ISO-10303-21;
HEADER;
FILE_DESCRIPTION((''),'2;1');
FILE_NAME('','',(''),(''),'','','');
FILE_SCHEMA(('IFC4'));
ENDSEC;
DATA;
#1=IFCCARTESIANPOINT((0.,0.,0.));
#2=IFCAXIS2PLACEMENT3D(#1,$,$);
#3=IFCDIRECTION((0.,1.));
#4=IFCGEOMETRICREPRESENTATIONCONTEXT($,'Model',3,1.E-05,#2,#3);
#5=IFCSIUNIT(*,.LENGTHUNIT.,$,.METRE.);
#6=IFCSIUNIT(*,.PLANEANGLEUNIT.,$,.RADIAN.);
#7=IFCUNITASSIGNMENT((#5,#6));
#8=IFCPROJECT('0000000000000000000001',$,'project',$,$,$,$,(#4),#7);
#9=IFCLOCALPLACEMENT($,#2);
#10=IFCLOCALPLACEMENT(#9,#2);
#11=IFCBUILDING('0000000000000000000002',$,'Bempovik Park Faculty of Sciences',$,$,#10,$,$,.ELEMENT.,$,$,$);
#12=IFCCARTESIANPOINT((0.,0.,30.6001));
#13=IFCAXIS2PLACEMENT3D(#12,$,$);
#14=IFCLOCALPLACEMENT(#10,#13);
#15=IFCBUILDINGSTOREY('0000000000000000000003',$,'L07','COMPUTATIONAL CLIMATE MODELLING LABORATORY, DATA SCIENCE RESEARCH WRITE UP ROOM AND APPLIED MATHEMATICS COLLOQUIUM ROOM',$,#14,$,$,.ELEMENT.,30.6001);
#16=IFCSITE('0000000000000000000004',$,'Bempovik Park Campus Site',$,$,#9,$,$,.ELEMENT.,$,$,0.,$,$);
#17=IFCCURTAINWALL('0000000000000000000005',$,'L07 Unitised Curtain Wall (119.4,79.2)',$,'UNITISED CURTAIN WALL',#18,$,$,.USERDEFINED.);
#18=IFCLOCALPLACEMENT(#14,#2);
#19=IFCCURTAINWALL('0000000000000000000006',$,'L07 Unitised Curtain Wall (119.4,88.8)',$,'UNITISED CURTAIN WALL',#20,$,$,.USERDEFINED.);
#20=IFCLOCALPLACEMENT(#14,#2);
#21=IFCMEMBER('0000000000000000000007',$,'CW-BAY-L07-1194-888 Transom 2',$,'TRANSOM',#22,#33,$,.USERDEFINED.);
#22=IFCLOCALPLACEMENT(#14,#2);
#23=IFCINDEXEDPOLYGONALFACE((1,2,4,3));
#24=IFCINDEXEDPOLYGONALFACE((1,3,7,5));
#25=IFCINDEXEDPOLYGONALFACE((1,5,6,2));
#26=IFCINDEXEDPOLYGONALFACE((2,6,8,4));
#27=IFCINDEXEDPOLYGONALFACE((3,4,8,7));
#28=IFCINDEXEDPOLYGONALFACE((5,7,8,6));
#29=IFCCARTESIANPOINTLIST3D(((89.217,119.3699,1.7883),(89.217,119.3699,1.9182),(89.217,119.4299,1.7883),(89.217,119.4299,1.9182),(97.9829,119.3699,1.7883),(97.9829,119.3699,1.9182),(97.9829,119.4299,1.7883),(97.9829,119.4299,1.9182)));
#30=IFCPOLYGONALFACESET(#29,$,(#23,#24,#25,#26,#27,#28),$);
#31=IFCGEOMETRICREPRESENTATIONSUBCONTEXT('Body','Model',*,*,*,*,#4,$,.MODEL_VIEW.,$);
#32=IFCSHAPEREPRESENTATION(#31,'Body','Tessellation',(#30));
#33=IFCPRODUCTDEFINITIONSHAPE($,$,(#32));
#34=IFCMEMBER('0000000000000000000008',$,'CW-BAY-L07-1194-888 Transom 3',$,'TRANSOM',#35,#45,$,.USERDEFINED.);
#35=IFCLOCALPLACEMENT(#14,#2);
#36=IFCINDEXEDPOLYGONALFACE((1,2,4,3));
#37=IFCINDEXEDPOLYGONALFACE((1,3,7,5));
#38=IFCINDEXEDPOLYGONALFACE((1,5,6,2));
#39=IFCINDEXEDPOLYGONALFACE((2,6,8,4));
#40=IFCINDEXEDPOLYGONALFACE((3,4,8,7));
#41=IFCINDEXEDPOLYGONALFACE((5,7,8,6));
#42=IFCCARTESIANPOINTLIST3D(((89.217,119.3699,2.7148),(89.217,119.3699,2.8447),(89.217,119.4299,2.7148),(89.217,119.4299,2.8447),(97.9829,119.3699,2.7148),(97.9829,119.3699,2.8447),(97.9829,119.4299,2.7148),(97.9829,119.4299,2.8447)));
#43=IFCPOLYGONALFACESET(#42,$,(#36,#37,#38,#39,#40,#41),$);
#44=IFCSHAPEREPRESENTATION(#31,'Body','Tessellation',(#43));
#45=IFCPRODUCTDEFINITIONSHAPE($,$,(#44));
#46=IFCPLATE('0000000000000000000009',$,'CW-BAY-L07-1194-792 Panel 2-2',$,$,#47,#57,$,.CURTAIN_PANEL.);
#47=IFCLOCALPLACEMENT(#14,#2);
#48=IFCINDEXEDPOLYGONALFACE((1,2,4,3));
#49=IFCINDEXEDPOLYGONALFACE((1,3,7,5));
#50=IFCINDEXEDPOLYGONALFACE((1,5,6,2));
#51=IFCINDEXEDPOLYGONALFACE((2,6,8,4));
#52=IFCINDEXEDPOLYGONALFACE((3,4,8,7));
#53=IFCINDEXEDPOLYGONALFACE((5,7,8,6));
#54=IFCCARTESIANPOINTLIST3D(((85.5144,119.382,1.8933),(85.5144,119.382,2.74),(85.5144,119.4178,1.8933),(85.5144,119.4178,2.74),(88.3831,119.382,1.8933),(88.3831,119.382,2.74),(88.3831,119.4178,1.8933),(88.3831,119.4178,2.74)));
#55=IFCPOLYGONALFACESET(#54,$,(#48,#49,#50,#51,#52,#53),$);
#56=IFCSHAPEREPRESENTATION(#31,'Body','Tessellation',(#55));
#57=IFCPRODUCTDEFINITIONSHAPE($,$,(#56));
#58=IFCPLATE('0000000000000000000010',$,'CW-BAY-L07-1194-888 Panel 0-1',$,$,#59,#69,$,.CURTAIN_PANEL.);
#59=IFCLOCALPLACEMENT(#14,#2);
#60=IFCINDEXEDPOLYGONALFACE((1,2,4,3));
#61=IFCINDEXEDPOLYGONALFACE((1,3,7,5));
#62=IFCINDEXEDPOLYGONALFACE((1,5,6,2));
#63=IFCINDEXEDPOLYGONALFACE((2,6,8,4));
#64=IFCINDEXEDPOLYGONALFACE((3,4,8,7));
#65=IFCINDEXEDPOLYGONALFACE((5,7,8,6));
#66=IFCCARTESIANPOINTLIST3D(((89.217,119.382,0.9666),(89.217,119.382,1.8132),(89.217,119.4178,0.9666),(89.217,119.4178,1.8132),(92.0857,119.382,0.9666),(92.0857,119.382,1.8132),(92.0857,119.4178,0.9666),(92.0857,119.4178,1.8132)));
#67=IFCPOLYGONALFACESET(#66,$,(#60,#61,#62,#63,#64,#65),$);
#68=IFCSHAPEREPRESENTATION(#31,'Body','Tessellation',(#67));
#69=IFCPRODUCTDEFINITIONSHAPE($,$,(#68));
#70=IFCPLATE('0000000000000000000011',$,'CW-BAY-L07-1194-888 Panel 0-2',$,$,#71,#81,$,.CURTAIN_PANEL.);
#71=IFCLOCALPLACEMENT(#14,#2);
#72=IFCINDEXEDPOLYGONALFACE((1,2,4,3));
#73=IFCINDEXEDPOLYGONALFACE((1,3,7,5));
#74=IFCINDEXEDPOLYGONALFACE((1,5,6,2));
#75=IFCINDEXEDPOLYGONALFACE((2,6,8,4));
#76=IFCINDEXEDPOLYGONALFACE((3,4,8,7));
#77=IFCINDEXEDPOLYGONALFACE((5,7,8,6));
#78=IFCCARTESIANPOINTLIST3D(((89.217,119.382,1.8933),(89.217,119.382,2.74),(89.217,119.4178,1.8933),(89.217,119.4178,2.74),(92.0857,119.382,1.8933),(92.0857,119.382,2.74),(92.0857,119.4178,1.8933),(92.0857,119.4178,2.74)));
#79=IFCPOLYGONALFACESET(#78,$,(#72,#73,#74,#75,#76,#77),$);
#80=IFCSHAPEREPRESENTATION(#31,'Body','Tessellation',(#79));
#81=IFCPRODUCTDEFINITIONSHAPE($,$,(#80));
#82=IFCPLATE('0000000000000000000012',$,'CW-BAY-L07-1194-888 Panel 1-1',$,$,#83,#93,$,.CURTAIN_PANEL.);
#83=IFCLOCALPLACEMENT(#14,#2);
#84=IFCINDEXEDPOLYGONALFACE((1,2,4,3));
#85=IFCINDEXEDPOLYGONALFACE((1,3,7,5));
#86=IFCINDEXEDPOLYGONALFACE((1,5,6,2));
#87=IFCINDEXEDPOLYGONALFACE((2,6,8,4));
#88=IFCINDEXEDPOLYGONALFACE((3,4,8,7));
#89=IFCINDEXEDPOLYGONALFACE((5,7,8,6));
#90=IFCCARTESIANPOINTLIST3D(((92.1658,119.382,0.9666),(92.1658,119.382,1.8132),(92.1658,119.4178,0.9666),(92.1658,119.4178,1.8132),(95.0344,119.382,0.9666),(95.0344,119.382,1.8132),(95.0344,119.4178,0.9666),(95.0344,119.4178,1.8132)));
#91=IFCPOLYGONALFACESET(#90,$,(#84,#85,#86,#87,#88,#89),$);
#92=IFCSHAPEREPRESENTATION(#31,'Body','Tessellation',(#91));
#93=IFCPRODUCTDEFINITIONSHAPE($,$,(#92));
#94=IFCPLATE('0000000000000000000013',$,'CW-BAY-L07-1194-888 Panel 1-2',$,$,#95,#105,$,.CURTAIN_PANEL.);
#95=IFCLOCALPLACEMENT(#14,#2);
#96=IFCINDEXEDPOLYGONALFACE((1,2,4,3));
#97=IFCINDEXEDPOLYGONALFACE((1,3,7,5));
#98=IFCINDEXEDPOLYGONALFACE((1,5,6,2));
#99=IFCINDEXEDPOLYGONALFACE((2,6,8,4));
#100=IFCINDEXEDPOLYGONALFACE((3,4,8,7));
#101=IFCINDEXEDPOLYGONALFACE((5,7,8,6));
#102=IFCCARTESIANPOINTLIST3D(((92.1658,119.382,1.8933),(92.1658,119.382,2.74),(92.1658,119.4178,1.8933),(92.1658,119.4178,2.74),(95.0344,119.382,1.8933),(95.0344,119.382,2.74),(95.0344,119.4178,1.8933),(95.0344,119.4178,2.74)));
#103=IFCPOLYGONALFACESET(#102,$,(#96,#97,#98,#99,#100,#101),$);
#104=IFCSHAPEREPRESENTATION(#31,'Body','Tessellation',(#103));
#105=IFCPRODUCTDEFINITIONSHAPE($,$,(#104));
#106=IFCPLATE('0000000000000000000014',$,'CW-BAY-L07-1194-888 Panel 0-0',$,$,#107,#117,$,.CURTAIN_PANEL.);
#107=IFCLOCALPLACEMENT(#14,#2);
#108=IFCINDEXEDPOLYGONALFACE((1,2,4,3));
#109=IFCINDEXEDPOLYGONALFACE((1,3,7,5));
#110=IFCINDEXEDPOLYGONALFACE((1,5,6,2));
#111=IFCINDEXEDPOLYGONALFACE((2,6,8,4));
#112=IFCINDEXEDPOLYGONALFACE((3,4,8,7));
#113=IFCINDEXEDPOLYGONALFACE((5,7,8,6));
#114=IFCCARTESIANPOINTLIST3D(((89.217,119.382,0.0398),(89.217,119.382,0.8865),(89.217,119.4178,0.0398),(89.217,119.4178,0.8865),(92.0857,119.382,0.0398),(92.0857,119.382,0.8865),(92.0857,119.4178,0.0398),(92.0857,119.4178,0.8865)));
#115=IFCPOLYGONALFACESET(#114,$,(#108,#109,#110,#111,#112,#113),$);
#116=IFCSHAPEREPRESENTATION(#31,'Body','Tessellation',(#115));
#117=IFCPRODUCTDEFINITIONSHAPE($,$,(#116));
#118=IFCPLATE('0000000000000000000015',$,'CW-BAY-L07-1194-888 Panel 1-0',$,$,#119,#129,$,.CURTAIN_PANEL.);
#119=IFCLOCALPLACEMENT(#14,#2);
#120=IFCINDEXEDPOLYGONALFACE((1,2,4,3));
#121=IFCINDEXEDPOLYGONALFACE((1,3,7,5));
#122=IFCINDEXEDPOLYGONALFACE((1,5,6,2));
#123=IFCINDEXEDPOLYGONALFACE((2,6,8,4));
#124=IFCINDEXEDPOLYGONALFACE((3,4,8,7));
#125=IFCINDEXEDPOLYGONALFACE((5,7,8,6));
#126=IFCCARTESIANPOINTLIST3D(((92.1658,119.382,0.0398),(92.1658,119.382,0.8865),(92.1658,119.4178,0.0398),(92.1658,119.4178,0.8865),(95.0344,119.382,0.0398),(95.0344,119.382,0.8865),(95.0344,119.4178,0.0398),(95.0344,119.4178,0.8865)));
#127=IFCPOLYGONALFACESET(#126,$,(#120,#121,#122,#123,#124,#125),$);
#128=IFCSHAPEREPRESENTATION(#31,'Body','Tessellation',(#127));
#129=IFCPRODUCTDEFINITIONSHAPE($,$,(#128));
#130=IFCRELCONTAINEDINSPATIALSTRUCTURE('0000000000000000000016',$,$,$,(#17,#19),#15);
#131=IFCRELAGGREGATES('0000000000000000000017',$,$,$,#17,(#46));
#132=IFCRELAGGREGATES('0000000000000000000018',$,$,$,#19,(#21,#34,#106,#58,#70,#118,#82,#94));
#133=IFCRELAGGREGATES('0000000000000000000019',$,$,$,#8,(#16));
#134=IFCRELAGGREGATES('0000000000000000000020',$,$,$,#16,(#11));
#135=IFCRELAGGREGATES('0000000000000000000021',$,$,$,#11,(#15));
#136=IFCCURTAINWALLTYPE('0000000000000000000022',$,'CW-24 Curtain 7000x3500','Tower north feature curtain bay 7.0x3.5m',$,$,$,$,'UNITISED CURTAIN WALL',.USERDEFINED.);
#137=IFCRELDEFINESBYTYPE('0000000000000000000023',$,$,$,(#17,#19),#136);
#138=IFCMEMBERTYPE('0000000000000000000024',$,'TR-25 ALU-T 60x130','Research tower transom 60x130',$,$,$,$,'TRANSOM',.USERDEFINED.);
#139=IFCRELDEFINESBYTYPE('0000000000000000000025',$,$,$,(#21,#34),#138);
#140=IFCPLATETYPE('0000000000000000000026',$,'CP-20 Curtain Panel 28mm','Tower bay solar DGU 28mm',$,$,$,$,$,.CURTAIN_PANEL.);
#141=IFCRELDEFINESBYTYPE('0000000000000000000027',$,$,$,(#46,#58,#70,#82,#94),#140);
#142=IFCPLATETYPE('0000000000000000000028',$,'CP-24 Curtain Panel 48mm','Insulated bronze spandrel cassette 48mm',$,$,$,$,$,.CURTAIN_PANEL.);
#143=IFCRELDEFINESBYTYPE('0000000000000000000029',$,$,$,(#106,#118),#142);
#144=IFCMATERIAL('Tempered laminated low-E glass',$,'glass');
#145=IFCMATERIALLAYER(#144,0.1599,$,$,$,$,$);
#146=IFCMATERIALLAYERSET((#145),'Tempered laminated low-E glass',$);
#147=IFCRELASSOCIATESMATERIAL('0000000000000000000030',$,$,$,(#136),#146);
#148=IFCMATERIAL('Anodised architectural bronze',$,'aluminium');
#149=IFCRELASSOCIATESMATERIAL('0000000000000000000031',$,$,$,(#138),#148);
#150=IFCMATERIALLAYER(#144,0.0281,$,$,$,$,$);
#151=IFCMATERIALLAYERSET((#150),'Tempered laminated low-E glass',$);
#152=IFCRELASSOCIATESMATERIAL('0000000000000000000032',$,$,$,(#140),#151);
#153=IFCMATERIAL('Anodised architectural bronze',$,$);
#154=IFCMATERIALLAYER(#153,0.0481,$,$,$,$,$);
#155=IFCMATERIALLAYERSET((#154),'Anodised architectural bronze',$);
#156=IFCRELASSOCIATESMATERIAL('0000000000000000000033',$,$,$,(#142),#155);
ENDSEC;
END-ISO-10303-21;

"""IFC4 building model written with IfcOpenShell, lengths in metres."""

from ifc_helpers import new_model, si_unit, direction, frame, origin, origin_2d, place, context, subcontext, project, spatial, rectangle, extrude, material, layer, layer_set, material_profile, profile_set, type_object, element, aggregate, save


model = new_model("IFC4")

# Units and contexts
model_context = context("Model", 3, precision=1e-05, world=origin(), true_north=direction((0.0, 1.0)))
body_context = subcontext(model_context, "Body", "Model", "MODEL_VIEW")
ifc_project = project(units=[si_unit("LENGTHUNIT", "METRE"), si_unit("PLANEANGLEUNIT", "RADIAN")], contexts=[model_context])

# Site, building, storey
site_placement = place(None, origin())
site = spatial("IfcSite", under=ifc_project, at=site_placement, Name="Bempovik Park Campus Site", CompositionType="ELEMENT", RefElevation=0.0)
building_placement = place(site_placement, origin())
building = spatial("IfcBuilding", under=site, at=building_placement, Name="Bempovik Park Faculty of Sciences", CompositionType="ELEMENT")
storey_placement = place(building_placement, frame((0.0, 0.0, 30.6001)))
storey = spatial("IfcBuildingStorey", under=building, at=storey_placement, Name="L07", Description="COMPUTATIONAL CLIMATE MODELLING LABORATORY, DATA SCIENCE RESEARCH WRITE UP ROOM AND APPLIED MATHEMATICS COLLOQUIUM ROOM", CompositionType="ELEMENT", Elevation=30.6001)

# Curtain wall
ifc_material_1 = material(Name="Tempered laminated low-E glass", Category="glass")
ifc_layer_1 = layer(ifc_material_1, 0.1599)
ifc_layer_set_1 = layer_set([ifc_layer_1], Name="Tempered laminated low-E glass")
curtain_wall_type = type_object("IfcCurtainWallType", Name="CW-24 Curtain 7000x3500", Description="Tower north feature curtain bay 7.0x3.5m", ElementType="UNITISED CURTAIN WALL", PredefinedType="USERDEFINED", material=ifc_layer_set_1)
curtain_wall_1_placement = place(storey_placement, origin())
curtain_wall_1 = element("IfcCurtainWall", 1, at=curtain_wall_1_placement, inside=storey, type_object=curtain_wall_type, Name="L07 Unitised Curtain Wall (119.4,79.2)", ObjectType="UNITISED CURTAIN WALL", PredefinedType="USERDEFINED")
ifc_material_2 = material(Name="Anodised architectural bronze", Category="aluminium")

# Curtain wall, members
curtain_wall_2_placement = place(storey_placement, origin())
curtain_wall_2 = element("IfcCurtainWall", 2, at=curtain_wall_2_placement, inside=storey, type_object=curtain_wall_type, Name="L07 Unitised Curtain Wall (119.4,88.8)", ObjectType="UNITISED CURTAIN WALL", PredefinedType="USERDEFINED")
ifc_material_profile_1 = material_profile(ifc_material_2, rectangle(XDim=0.0601, YDim=0.1299, at=origin_2d()), Name="ALU-T 60x130")
ifc_profile_set_1 = profile_set([ifc_material_profile_1], Name="Anodised architectural bronze")
member_type_1 = type_object("IfcMemberType", Name="TR-25 ALU-T 60x130", Description="Research tower transom 60x130", ElementType="TRANSOM", PredefinedType="USERDEFINED", material=ifc_profile_set_1)
member_1_placement = place(storey_placement, frame((89.217, 119.3999, 1.8533), z_axis=(1.0, 0.0, 0.0), x_axis=(0.0, 1.0, 0.0)))
member_1 = element("IfcMember", 3, at=member_1_placement, type_object=member_type_1, Name="CW-BAY-L07-1194-888 Transom 2", ObjectType="TRANSOM", PredefinedType="USERDEFINED", context=body_context, shape_type="SweptSolid", body=[
    extrude(rectangle(XDim=0.0601, YDim=0.1299, at=origin_2d()), origin(), (0.0, 0.0, 1.0), 8.7659),
])
member_2_placement = place(storey_placement, frame((89.217, 119.3999, 2.7798), z_axis=(1.0, 0.0, 0.0), x_axis=(0.0, 1.0, 0.0)))
member_2 = element("IfcMember", 4, at=member_2_placement, type_object=member_type_1, Name="CW-BAY-L07-1194-888 Transom 3", ObjectType="TRANSOM", PredefinedType="USERDEFINED", context=body_context, shape_type="SweptSolid", body=[
    extrude(rectangle(XDim=0.0601, YDim=0.1299, at=origin_2d()), origin(), (0.0, 0.0, 1.0), 8.7659),
])

# Plates
ifc_layer_2 = layer(ifc_material_1, 0.0281)
ifc_layer_set_2 = layer_set([ifc_layer_2], Name="Tempered laminated low-E glass")
plate_type_1 = type_object("IfcPlateType", Name="CP-20 Curtain Panel 28mm", Description="Tower bay solar DGU 28mm", PredefinedType="CURTAIN_PANEL", material=ifc_layer_set_2)
plate_1_placement = place(storey_placement, frame((86.9487, 119.3999, 1.8933), z_axis=(0.0, 0.0, 1.0), x_axis=(1.0, 0.0, 0.0)))
plate_1 = element("IfcPlate", 5, at=plate_1_placement, type_object=plate_type_1, Name="CW-BAY-L07-1194-792 Panel 2-2", PredefinedType="CURTAIN_PANEL", context=body_context, shape_type="SweptSolid", body=[
    extrude(rectangle(XDim=2.8687, YDim=0.0359, at=origin_2d()), origin(), (0.0, 0.0, 1.0), 0.8467),
])
aggregate(curtain_wall_1, [plate_1])
plate_2_placement = place(storey_placement, frame((90.6514, 119.3999, 0.9666), z_axis=(0.0, 0.0, 1.0), x_axis=(1.0, 0.0, 0.0)))
plate_2 = element("IfcPlate", 6, at=plate_2_placement, type_object=plate_type_1, Name="CW-BAY-L07-1194-888 Panel 0-1", PredefinedType="CURTAIN_PANEL", context=body_context, shape_type="SweptSolid", body=[
    extrude(rectangle(XDim=2.8687, YDim=0.0359, at=origin_2d()), origin(), (0.0, 0.0, 1.0), 0.8467),
])
plate_3_placement = place(storey_placement, frame((90.6514, 119.3999, 1.8933), z_axis=(0.0, 0.0, 1.0), x_axis=(1.0, 0.0, 0.0)))
plate_3 = element("IfcPlate", 7, at=plate_3_placement, type_object=plate_type_1, Name="CW-BAY-L07-1194-888 Panel 0-2", PredefinedType="CURTAIN_PANEL", context=body_context, shape_type="SweptSolid", body=[
    extrude(rectangle(XDim=2.8687, YDim=0.0359, at=origin_2d()), origin(), (0.0, 0.0, 1.0), 0.8467),
])
plate_4_placement = place(storey_placement, frame((93.6001, 119.3999, 0.9666), z_axis=(0.0, 0.0, 1.0), x_axis=(1.0, 0.0, 0.0)))
plate_4 = element("IfcPlate", 8, at=plate_4_placement, type_object=plate_type_1, Name="CW-BAY-L07-1194-888 Panel 1-1", PredefinedType="CURTAIN_PANEL", context=body_context, shape_type="SweptSolid", body=[
    extrude(rectangle(XDim=2.8687, YDim=0.0359, at=origin_2d()), origin(), (0.0, 0.0, 1.0), 0.8467),
])
plate_5_placement = place(storey_placement, frame((93.6001, 119.3999, 1.8933), z_axis=(0.0, 0.0, 1.0), x_axis=(1.0, 0.0, 0.0)))
plate_5 = element("IfcPlate", 9, at=plate_5_placement, type_object=plate_type_1, Name="CW-BAY-L07-1194-888 Panel 1-2", PredefinedType="CURTAIN_PANEL", context=body_context, shape_type="SweptSolid", body=[
    extrude(rectangle(XDim=2.8687, YDim=0.0359, at=origin_2d()), origin(), (0.0, 0.0, 1.0), 0.8467),
])
ifc_material_3 = material(Name="Anodised architectural bronze")
ifc_layer_3 = layer(ifc_material_3, 0.0481)
ifc_layer_set_3 = layer_set([ifc_layer_3], Name="Anodised architectural bronze")
plate_type_2 = type_object("IfcPlateType", Name="CP-24 Curtain Panel 48mm", Description="Insulated bronze spandrel cassette 48mm", PredefinedType="CURTAIN_PANEL", material=ifc_layer_set_3)
plate_6_placement = place(storey_placement, frame((90.6514, 119.3999, 0.0398), z_axis=(0.0, 0.0, 1.0), x_axis=(1.0, 0.0, 0.0)))
plate_6 = element("IfcPlate", 10, at=plate_6_placement, type_object=plate_type_2, Name="CW-BAY-L07-1194-888 Panel 0-0", PredefinedType="CURTAIN_PANEL", context=body_context, shape_type="SweptSolid", body=[
    extrude(rectangle(XDim=2.8687, YDim=0.0359, at=origin_2d()), origin(), (0.0, 0.0, 1.0), 0.8467),
])
plate_7_placement = place(storey_placement, frame((93.6001, 119.3999, 0.0398), z_axis=(0.0, 0.0, 1.0), x_axis=(1.0, 0.0, 0.0)))
plate_7 = element("IfcPlate", 11, at=plate_7_placement, type_object=plate_type_2, Name="CW-BAY-L07-1194-888 Panel 1-0", PredefinedType="CURTAIN_PANEL", context=body_context, shape_type="SweptSolid", body=[
    extrude(rectangle(XDim=2.8687, YDim=0.0359, at=origin_2d()), origin(), (0.0, 0.0, 1.0), 0.8467),
])
aggregate(curtain_wall_2, [member_1, member_2, plate_6, plate_2, plate_3, plate_7, plate_4, plate_5])

save(model, "model.ifc")
